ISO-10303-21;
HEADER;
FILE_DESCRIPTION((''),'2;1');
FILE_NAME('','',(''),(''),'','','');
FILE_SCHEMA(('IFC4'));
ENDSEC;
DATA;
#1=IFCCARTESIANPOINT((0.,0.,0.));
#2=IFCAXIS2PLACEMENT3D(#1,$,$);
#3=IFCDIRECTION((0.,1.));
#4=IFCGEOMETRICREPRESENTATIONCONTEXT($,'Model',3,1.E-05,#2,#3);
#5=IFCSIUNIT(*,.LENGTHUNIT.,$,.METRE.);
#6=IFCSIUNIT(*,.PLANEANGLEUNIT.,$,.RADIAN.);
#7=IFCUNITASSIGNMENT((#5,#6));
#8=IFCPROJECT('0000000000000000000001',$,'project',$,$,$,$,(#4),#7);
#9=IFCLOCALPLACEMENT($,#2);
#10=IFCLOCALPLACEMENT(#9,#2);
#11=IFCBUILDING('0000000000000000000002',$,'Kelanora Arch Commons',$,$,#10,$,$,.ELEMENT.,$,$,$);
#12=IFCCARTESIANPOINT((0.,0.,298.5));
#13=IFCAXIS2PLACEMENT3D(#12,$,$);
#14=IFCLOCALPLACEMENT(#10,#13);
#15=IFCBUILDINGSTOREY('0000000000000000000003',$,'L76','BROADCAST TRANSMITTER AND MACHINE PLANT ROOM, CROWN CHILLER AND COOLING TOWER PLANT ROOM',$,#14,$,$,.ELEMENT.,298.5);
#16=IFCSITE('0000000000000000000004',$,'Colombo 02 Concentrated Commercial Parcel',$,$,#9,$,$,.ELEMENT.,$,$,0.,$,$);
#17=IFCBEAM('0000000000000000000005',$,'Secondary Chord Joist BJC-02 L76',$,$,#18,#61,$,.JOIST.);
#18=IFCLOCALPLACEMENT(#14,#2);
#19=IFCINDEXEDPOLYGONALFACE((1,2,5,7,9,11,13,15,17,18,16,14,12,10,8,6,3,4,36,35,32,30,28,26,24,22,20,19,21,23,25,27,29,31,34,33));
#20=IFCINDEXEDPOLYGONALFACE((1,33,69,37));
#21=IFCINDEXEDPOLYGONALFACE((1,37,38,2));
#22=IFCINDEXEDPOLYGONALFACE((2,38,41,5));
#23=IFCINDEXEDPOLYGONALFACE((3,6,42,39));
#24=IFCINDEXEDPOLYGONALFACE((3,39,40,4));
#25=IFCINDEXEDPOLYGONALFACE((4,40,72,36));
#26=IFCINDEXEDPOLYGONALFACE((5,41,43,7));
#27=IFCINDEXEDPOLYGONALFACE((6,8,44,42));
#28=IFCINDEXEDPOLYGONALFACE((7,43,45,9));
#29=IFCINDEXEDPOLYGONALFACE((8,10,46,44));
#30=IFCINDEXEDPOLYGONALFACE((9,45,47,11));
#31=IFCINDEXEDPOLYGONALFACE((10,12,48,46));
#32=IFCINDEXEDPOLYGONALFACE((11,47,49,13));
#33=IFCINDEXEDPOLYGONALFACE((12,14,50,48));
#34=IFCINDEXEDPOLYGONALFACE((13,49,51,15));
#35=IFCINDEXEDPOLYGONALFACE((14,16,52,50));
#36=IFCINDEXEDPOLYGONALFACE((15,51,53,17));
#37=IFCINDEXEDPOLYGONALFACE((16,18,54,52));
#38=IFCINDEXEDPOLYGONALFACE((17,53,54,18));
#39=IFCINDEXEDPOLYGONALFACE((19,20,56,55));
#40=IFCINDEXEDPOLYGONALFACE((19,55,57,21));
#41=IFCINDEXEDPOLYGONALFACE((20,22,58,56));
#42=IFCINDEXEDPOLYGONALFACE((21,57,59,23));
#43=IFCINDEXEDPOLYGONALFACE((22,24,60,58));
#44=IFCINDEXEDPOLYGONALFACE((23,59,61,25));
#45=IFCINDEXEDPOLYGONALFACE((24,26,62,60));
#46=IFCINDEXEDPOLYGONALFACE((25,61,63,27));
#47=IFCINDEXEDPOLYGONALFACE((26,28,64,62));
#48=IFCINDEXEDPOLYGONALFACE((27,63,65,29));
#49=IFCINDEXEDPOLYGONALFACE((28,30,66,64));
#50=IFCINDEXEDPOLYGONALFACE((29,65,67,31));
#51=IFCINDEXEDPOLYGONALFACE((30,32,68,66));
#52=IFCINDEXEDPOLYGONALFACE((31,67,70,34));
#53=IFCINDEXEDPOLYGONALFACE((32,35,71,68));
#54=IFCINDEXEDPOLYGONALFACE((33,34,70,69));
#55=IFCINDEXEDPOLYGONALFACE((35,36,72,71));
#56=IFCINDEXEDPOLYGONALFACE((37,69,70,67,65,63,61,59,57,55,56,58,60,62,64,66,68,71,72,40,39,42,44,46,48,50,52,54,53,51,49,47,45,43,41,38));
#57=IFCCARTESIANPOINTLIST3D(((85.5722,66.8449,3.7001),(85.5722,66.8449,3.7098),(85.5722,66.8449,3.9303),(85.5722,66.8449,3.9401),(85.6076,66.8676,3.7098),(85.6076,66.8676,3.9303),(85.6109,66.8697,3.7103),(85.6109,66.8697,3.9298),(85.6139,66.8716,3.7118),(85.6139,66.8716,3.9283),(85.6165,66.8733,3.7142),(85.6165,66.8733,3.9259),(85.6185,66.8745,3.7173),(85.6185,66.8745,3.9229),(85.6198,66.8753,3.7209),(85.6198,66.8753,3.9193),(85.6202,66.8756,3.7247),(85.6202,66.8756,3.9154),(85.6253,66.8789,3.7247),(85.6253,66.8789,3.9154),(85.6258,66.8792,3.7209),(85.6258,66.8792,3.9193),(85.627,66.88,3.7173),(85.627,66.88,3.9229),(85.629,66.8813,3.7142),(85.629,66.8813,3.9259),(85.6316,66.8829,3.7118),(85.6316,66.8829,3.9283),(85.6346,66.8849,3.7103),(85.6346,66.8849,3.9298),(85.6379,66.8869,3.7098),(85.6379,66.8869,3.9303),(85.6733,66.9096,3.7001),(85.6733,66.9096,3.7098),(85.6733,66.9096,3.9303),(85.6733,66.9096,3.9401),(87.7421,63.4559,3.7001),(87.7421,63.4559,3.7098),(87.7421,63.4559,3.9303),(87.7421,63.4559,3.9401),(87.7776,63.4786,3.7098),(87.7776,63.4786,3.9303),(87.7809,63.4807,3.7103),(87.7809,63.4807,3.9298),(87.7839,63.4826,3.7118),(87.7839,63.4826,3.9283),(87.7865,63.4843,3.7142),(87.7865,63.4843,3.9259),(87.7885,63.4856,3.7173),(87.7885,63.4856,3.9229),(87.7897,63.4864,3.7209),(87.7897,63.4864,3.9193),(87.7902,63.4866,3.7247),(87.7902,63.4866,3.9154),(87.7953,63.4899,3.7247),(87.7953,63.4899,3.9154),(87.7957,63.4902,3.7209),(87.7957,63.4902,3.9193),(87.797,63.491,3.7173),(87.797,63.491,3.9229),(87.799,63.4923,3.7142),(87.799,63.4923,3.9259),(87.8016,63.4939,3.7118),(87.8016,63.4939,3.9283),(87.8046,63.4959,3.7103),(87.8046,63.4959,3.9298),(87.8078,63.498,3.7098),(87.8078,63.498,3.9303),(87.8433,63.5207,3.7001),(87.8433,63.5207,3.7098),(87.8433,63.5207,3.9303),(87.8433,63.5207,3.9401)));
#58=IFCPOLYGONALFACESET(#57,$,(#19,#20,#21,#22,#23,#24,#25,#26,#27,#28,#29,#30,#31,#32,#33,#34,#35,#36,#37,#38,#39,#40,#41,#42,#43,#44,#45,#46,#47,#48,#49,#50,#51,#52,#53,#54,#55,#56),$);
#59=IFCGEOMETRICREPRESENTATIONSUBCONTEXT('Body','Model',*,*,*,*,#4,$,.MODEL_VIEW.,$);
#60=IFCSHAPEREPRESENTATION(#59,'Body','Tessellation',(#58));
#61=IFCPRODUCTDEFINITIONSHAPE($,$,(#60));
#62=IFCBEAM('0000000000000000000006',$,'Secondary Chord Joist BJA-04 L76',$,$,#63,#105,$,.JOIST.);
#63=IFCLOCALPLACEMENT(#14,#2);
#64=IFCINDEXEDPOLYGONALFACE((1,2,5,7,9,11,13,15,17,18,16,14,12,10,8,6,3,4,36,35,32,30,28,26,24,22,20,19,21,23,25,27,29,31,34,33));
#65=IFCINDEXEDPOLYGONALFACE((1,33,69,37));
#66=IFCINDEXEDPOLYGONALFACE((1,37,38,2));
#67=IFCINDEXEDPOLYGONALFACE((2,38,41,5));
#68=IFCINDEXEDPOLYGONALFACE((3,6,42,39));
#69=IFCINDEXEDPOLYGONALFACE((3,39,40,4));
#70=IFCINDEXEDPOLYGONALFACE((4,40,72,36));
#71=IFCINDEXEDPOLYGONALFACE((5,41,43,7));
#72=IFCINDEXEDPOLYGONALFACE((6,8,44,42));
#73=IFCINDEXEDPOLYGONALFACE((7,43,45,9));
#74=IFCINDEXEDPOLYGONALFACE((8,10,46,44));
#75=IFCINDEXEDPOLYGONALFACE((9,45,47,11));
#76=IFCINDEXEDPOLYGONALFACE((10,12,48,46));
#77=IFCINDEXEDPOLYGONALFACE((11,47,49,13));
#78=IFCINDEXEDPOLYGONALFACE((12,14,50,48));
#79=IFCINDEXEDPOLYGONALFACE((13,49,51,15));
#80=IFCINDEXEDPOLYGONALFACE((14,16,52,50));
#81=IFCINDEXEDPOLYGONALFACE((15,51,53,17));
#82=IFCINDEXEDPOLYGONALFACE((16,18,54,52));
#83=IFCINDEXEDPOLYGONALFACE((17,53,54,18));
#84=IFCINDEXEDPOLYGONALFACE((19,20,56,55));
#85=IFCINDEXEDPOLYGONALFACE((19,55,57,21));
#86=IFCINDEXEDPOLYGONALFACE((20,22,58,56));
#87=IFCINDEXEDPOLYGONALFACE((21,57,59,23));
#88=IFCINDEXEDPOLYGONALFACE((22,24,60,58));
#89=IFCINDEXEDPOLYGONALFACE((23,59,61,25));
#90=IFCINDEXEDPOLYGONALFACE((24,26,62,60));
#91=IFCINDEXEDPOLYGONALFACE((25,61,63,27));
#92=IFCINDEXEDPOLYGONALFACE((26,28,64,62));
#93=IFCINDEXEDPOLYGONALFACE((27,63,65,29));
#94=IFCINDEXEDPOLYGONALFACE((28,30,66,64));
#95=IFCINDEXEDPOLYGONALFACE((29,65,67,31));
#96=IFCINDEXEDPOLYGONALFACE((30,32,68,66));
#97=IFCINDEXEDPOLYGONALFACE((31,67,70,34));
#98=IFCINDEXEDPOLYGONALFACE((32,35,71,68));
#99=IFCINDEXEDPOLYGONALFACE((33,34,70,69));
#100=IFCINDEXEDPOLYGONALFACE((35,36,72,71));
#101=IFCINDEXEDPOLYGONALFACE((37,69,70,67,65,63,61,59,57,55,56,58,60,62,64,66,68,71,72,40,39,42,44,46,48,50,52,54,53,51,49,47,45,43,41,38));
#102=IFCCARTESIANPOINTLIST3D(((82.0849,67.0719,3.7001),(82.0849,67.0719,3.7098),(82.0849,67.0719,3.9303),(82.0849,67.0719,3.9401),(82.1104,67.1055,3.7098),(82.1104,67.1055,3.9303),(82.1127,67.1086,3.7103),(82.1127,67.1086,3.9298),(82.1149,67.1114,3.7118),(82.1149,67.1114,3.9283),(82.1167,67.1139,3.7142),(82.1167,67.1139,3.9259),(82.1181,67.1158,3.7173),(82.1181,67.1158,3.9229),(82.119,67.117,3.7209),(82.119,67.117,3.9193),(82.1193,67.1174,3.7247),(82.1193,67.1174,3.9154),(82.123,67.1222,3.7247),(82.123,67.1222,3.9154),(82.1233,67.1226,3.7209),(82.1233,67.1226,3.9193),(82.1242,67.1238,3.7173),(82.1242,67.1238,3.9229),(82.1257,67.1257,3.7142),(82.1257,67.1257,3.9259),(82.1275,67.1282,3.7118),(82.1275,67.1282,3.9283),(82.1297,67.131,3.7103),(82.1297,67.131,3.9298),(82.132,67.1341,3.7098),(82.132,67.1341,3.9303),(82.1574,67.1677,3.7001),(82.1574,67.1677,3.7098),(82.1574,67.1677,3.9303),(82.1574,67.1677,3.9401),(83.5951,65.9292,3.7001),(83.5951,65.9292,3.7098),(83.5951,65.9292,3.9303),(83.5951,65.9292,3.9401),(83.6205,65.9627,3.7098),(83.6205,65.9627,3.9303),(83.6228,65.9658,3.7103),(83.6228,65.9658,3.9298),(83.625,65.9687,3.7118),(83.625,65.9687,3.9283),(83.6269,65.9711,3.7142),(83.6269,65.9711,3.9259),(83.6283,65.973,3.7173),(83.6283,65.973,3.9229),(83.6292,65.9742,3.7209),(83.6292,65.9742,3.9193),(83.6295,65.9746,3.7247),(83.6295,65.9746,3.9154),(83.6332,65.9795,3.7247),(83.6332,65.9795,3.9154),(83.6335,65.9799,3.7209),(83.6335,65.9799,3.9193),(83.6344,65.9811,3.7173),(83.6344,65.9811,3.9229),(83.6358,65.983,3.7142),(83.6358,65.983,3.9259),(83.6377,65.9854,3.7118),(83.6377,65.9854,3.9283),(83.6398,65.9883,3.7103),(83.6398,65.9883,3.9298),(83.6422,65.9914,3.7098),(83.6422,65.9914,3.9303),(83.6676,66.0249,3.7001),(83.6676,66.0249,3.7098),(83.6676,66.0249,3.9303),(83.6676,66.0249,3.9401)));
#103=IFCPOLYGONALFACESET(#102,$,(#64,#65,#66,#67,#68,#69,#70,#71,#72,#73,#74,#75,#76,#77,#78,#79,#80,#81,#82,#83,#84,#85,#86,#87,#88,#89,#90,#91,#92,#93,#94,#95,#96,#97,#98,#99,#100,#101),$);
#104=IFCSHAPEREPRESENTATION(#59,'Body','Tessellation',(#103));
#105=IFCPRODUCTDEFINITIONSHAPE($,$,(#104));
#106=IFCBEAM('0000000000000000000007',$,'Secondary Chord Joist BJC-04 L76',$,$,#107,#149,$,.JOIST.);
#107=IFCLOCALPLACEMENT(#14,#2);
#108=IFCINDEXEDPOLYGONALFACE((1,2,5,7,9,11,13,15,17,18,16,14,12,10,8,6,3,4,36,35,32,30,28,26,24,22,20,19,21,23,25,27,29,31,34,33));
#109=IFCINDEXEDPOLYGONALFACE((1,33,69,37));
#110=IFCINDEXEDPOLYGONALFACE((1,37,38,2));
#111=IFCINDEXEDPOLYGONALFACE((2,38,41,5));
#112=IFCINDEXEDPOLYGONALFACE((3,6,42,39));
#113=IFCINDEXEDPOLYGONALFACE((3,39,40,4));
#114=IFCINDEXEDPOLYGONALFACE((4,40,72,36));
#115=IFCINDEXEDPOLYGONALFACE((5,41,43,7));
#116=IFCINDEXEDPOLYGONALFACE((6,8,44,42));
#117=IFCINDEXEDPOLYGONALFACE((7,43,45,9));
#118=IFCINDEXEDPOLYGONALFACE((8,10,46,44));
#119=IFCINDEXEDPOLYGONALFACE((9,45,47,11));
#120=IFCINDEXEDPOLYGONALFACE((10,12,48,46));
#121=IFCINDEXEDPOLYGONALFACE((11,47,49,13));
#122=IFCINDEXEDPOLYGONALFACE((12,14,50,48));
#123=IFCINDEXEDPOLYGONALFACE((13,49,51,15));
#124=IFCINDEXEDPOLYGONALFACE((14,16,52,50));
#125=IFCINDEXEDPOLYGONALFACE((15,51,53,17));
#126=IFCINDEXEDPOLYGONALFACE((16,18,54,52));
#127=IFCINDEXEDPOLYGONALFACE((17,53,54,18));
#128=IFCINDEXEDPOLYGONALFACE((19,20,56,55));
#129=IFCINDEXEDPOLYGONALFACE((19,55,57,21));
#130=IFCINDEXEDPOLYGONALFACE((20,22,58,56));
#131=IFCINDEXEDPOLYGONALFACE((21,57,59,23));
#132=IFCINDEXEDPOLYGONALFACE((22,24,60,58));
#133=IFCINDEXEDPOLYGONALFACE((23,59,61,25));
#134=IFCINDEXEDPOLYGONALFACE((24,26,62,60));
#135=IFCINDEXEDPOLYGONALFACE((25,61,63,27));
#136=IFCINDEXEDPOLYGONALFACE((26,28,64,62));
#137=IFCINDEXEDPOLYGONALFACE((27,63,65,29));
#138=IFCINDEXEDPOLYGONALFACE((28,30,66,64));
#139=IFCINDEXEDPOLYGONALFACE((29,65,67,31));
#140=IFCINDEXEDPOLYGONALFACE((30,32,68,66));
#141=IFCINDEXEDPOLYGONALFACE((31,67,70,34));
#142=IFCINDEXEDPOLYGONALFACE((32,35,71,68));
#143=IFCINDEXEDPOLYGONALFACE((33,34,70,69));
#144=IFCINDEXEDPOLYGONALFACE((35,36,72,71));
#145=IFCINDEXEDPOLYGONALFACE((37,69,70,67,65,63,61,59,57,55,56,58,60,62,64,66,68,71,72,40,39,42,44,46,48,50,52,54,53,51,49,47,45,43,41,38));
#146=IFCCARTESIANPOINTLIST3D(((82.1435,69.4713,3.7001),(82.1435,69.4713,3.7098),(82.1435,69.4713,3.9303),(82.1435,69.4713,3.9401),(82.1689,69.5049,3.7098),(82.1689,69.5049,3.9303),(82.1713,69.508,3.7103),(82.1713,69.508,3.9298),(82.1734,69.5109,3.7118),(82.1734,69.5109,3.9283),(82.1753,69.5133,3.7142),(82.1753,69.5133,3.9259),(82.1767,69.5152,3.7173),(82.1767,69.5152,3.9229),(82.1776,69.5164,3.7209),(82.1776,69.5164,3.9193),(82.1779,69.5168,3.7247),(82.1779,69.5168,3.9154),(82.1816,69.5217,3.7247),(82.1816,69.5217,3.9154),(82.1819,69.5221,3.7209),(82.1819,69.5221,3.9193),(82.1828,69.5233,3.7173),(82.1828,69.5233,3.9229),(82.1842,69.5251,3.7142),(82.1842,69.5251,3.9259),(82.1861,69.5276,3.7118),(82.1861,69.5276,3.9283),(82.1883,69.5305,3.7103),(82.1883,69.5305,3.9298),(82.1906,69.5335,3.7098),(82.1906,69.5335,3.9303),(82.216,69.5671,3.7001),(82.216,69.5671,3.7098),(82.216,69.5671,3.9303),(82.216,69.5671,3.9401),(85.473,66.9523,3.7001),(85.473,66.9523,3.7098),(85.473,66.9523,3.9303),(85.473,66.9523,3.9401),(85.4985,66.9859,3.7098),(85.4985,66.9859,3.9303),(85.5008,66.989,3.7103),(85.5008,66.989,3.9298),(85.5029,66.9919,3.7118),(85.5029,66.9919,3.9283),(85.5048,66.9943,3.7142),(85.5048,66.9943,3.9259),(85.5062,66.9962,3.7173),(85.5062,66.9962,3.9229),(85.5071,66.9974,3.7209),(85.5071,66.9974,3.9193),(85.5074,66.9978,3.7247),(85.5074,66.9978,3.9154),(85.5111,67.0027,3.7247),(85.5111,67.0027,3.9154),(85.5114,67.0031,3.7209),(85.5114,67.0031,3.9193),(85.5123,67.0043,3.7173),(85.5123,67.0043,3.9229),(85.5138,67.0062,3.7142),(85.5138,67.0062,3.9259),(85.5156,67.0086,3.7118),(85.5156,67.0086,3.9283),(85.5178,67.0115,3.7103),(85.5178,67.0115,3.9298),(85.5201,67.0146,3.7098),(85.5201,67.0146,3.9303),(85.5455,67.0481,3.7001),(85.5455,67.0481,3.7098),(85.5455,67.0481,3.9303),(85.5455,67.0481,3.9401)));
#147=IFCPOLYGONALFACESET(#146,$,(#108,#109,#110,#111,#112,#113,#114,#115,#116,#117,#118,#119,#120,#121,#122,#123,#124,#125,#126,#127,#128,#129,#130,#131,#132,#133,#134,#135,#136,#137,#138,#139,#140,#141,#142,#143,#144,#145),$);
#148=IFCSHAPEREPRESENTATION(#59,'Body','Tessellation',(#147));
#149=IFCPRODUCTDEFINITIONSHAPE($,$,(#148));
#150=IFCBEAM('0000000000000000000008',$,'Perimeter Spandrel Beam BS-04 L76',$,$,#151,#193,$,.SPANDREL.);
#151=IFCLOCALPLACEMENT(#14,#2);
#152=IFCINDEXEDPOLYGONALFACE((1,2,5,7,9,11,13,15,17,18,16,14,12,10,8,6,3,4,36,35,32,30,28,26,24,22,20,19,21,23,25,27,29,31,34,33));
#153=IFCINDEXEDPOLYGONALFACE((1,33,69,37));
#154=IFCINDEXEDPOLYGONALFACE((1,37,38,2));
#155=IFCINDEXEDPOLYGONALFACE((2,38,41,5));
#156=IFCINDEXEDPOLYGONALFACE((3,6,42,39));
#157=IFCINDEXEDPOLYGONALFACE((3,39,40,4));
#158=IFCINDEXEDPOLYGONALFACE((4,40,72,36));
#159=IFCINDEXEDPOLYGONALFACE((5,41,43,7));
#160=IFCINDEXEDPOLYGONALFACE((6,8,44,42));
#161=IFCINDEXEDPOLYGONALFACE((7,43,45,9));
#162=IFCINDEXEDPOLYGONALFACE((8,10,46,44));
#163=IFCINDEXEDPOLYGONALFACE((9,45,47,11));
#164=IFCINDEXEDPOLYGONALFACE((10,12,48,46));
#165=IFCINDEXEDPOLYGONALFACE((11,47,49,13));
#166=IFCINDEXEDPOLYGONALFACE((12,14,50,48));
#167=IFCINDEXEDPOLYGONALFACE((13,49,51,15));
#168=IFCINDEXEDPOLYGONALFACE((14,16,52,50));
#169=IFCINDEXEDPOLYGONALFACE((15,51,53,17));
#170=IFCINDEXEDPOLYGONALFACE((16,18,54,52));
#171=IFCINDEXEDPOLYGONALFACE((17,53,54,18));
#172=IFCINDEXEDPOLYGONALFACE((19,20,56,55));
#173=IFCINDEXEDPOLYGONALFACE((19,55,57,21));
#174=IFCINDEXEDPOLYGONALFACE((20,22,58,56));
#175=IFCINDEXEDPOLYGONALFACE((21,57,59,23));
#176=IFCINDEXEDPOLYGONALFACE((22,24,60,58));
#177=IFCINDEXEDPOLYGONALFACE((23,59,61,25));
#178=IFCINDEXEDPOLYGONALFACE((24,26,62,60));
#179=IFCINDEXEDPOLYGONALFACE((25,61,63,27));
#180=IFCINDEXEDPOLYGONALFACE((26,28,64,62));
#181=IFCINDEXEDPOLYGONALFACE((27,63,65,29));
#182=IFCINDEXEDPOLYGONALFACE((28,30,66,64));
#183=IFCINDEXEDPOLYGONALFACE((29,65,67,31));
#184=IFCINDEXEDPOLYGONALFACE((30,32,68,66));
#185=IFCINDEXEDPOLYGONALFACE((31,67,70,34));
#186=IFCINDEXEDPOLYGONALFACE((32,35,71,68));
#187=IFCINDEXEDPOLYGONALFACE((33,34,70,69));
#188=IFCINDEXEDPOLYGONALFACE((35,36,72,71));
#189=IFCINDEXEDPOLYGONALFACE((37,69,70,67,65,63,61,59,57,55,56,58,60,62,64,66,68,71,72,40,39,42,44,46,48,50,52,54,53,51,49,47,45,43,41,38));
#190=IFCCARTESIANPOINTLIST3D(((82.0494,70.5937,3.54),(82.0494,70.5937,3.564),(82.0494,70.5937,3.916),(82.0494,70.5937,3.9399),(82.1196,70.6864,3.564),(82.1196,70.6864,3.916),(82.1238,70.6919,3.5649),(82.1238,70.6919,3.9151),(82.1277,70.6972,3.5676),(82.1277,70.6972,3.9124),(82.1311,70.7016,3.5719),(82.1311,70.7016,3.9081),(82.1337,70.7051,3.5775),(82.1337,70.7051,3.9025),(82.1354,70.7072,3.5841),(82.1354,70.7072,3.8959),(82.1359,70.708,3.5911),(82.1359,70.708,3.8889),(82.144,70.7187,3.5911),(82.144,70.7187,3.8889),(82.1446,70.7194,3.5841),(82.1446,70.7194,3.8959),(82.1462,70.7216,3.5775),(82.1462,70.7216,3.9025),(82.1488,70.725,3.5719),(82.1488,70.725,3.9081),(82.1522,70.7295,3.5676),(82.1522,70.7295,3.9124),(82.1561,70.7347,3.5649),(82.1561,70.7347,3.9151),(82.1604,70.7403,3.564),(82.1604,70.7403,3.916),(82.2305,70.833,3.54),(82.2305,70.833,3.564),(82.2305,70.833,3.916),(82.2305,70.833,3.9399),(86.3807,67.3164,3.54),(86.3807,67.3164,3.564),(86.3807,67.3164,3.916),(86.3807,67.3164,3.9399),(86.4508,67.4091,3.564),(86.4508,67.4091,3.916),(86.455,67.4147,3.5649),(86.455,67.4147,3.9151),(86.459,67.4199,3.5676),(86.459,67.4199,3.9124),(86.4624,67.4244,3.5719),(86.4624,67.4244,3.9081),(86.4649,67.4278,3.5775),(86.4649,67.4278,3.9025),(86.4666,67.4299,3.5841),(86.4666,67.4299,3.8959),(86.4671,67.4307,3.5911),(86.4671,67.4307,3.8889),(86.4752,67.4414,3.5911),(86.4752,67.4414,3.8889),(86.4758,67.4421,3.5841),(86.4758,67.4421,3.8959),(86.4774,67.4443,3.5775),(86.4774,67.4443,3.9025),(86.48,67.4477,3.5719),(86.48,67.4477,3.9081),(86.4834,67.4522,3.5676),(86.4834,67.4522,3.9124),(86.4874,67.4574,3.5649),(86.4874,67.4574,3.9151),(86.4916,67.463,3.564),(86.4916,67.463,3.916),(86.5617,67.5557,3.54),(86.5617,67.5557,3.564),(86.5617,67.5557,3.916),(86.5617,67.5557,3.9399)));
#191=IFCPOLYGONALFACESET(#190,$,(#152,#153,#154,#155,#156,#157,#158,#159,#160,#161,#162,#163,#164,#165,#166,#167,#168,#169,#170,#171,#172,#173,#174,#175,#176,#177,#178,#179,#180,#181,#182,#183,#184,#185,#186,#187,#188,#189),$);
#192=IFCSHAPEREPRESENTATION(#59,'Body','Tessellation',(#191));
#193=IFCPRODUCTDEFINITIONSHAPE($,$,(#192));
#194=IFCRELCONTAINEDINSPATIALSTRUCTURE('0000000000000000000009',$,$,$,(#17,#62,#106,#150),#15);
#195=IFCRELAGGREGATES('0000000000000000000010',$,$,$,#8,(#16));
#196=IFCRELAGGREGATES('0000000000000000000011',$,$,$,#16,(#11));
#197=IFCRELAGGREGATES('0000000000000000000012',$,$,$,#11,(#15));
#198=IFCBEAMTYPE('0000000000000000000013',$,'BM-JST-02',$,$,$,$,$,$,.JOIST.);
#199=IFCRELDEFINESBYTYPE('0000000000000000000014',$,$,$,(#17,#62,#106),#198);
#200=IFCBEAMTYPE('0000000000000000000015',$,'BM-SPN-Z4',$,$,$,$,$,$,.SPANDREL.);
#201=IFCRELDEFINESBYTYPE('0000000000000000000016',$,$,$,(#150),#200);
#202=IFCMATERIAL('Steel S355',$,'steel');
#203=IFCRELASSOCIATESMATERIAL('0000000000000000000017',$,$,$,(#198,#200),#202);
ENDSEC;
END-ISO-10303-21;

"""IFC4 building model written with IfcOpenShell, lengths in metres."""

from ifc_helpers import new_model, si_unit, direction, frame, origin, origin_2d, place, context, subcontext, project, spatial, i_section, extrude, material, material_profile, profile_set, type_object, element, save


model = new_model("IFC4")

# Units and contexts
model_context = context("Model", 3, precision=1e-05, world=origin(), true_north=direction((0.0, 1.0)))
body_context = subcontext(model_context, "Body", "Model", "MODEL_VIEW")
ifc_project = project(units=[si_unit("LENGTHUNIT", "METRE"), si_unit("PLANEANGLEUNIT", "RADIAN")], contexts=[model_context])

# Site, building, storey
site_placement = place(None, origin())
site = spatial("IfcSite", under=ifc_project, at=site_placement, Name="Colombo 02 Concentrated Commercial Parcel", CompositionType="ELEMENT", RefElevation=0.0)
building_placement = place(site_placement, origin())
building = spatial("IfcBuilding", under=site, at=building_placement, Name="Kelanora Arch Commons", CompositionType="ELEMENT")
storey_placement = place(building_placement, frame((0.0, 0.0, 298.5)))
storey = spatial("IfcBuildingStorey", under=building, at=storey_placement, Name="L76", Description="BROADCAST TRANSMITTER AND MACHINE PLANT ROOM, CROWN CHILLER AND COOLING TOWER PLANT ROOM", CompositionType="ELEMENT", Elevation=298.5)

# Beams
ifc_material_1 = material(Name="Steel S355", Category="steel")
ifc_material_profile_1 = material_profile(ifc_material_1, i_section(OverallWidth=0.1201, OverallDepth=0.24, WebThickness=0.0061, FlangeThickness=0.0098, FilletRadius=0.0149, at=origin_2d()), Name="IPE240")
ifc_profile_set_1 = profile_set([ifc_material_profile_1], Name="Steel S355")
beam_type_1 = type_object("IfcBeamType", Name="BM-JST-02", PredefinedType="JOIST", material=ifc_profile_set_1)
beam_1_placement = place(storey_placement, frame((87.7927, 63.4883, 3.8201), z_axis=(-0.539233, 0.842157, 0.0), x_axis=(-0.842157, -0.539233, 0.0)))
element("IfcBeam", 1, at=beam_1_placement, inside=storey, type_object=beam_type_1, Name="Secondary Chord Joist BJC-02 L76", PredefinedType="JOIST", context=body_context, shape_type="SweptSolid", body=[
    extrude(i_section(OverallWidth=0.1201, OverallDepth=0.24, WebThickness=0.0061, FlangeThickness=0.0098, FilletRadius=0.0149, at=origin_2d()), origin(), (0.0, 0.0, 1.0), 4.0242),
])
beam_2_placement = place(storey_placement, frame((83.6313, 65.9771, 3.8201), z_axis=(-0.797425, 0.603418, 0.0), x_axis=(-0.603418, -0.797425, 0.0)))
element("IfcBeam", 2, at=beam_2_placement, inside=storey, type_object=beam_type_1, Name="Secondary Chord Joist BJA-04 L76", PredefinedType="JOIST", context=body_context, shape_type="SweptSolid", body=[
    extrude(i_section(OverallWidth=0.1201, OverallDepth=0.24, WebThickness=0.0061, FlangeThickness=0.0098, FilletRadius=0.0149, at=origin_2d()), origin(), (0.0, 0.0, 1.0), 1.8938),
])
beam_3_placement = place(storey_placement, frame((85.5093, 67.0002, 3.8201), z_axis=(-0.797481, 0.603344, 0.0), x_axis=(-0.603344, -0.797481, 0.0)))
element("IfcBeam", 3, at=beam_3_placement, inside=storey, type_object=beam_type_1, Name="Secondary Chord Joist BJC-04 L76", PredefinedType="JOIST", context=body_context, shape_type="SweptSolid", body=[
    extrude(i_section(OverallWidth=0.1201, OverallDepth=0.24, WebThickness=0.0061, FlangeThickness=0.0098, FilletRadius=0.0149, at=origin_2d()), origin(), (0.0, 0.0, 1.0), 4.175),
])
ifc_material_profile_2 = material_profile(ifc_material_1, i_section(OverallWidth=0.3, OverallDepth=0.3999, WebThickness=0.0134, FlangeThickness=0.0239, FilletRadius=0.0271, at=origin_2d()), Name="HEB400")
ifc_profile_set_2 = profile_set([ifc_material_profile_2], Name="Steel S355")
beam_type_2 = type_object("IfcBeamType", Name="BM-SPN-Z4", PredefinedType="SPANDREL", material=ifc_profile_set_2)
beam_4_placement = place(storey_placement, frame((86.4712, 67.436, 3.74), z_axis=(-0.797441, 0.603396, 0.0), x_axis=(-0.603396, -0.797441, 0.0)))
element("IfcBeam", 4, at=beam_4_placement, inside=storey, type_object=beam_type_2, Name="Perimeter Spandrel Beam BS-04 L76", PredefinedType="SPANDREL", context=body_context, shape_type="SweptSolid", body=[
    extrude(i_section(OverallWidth=0.3, OverallDepth=0.3999, WebThickness=0.0134, FlangeThickness=0.0239, FilletRadius=0.0271, at=origin_2d()), origin(), (0.0, 0.0, 1.0), 5.4314),
])

save(model, "model.ifc")
